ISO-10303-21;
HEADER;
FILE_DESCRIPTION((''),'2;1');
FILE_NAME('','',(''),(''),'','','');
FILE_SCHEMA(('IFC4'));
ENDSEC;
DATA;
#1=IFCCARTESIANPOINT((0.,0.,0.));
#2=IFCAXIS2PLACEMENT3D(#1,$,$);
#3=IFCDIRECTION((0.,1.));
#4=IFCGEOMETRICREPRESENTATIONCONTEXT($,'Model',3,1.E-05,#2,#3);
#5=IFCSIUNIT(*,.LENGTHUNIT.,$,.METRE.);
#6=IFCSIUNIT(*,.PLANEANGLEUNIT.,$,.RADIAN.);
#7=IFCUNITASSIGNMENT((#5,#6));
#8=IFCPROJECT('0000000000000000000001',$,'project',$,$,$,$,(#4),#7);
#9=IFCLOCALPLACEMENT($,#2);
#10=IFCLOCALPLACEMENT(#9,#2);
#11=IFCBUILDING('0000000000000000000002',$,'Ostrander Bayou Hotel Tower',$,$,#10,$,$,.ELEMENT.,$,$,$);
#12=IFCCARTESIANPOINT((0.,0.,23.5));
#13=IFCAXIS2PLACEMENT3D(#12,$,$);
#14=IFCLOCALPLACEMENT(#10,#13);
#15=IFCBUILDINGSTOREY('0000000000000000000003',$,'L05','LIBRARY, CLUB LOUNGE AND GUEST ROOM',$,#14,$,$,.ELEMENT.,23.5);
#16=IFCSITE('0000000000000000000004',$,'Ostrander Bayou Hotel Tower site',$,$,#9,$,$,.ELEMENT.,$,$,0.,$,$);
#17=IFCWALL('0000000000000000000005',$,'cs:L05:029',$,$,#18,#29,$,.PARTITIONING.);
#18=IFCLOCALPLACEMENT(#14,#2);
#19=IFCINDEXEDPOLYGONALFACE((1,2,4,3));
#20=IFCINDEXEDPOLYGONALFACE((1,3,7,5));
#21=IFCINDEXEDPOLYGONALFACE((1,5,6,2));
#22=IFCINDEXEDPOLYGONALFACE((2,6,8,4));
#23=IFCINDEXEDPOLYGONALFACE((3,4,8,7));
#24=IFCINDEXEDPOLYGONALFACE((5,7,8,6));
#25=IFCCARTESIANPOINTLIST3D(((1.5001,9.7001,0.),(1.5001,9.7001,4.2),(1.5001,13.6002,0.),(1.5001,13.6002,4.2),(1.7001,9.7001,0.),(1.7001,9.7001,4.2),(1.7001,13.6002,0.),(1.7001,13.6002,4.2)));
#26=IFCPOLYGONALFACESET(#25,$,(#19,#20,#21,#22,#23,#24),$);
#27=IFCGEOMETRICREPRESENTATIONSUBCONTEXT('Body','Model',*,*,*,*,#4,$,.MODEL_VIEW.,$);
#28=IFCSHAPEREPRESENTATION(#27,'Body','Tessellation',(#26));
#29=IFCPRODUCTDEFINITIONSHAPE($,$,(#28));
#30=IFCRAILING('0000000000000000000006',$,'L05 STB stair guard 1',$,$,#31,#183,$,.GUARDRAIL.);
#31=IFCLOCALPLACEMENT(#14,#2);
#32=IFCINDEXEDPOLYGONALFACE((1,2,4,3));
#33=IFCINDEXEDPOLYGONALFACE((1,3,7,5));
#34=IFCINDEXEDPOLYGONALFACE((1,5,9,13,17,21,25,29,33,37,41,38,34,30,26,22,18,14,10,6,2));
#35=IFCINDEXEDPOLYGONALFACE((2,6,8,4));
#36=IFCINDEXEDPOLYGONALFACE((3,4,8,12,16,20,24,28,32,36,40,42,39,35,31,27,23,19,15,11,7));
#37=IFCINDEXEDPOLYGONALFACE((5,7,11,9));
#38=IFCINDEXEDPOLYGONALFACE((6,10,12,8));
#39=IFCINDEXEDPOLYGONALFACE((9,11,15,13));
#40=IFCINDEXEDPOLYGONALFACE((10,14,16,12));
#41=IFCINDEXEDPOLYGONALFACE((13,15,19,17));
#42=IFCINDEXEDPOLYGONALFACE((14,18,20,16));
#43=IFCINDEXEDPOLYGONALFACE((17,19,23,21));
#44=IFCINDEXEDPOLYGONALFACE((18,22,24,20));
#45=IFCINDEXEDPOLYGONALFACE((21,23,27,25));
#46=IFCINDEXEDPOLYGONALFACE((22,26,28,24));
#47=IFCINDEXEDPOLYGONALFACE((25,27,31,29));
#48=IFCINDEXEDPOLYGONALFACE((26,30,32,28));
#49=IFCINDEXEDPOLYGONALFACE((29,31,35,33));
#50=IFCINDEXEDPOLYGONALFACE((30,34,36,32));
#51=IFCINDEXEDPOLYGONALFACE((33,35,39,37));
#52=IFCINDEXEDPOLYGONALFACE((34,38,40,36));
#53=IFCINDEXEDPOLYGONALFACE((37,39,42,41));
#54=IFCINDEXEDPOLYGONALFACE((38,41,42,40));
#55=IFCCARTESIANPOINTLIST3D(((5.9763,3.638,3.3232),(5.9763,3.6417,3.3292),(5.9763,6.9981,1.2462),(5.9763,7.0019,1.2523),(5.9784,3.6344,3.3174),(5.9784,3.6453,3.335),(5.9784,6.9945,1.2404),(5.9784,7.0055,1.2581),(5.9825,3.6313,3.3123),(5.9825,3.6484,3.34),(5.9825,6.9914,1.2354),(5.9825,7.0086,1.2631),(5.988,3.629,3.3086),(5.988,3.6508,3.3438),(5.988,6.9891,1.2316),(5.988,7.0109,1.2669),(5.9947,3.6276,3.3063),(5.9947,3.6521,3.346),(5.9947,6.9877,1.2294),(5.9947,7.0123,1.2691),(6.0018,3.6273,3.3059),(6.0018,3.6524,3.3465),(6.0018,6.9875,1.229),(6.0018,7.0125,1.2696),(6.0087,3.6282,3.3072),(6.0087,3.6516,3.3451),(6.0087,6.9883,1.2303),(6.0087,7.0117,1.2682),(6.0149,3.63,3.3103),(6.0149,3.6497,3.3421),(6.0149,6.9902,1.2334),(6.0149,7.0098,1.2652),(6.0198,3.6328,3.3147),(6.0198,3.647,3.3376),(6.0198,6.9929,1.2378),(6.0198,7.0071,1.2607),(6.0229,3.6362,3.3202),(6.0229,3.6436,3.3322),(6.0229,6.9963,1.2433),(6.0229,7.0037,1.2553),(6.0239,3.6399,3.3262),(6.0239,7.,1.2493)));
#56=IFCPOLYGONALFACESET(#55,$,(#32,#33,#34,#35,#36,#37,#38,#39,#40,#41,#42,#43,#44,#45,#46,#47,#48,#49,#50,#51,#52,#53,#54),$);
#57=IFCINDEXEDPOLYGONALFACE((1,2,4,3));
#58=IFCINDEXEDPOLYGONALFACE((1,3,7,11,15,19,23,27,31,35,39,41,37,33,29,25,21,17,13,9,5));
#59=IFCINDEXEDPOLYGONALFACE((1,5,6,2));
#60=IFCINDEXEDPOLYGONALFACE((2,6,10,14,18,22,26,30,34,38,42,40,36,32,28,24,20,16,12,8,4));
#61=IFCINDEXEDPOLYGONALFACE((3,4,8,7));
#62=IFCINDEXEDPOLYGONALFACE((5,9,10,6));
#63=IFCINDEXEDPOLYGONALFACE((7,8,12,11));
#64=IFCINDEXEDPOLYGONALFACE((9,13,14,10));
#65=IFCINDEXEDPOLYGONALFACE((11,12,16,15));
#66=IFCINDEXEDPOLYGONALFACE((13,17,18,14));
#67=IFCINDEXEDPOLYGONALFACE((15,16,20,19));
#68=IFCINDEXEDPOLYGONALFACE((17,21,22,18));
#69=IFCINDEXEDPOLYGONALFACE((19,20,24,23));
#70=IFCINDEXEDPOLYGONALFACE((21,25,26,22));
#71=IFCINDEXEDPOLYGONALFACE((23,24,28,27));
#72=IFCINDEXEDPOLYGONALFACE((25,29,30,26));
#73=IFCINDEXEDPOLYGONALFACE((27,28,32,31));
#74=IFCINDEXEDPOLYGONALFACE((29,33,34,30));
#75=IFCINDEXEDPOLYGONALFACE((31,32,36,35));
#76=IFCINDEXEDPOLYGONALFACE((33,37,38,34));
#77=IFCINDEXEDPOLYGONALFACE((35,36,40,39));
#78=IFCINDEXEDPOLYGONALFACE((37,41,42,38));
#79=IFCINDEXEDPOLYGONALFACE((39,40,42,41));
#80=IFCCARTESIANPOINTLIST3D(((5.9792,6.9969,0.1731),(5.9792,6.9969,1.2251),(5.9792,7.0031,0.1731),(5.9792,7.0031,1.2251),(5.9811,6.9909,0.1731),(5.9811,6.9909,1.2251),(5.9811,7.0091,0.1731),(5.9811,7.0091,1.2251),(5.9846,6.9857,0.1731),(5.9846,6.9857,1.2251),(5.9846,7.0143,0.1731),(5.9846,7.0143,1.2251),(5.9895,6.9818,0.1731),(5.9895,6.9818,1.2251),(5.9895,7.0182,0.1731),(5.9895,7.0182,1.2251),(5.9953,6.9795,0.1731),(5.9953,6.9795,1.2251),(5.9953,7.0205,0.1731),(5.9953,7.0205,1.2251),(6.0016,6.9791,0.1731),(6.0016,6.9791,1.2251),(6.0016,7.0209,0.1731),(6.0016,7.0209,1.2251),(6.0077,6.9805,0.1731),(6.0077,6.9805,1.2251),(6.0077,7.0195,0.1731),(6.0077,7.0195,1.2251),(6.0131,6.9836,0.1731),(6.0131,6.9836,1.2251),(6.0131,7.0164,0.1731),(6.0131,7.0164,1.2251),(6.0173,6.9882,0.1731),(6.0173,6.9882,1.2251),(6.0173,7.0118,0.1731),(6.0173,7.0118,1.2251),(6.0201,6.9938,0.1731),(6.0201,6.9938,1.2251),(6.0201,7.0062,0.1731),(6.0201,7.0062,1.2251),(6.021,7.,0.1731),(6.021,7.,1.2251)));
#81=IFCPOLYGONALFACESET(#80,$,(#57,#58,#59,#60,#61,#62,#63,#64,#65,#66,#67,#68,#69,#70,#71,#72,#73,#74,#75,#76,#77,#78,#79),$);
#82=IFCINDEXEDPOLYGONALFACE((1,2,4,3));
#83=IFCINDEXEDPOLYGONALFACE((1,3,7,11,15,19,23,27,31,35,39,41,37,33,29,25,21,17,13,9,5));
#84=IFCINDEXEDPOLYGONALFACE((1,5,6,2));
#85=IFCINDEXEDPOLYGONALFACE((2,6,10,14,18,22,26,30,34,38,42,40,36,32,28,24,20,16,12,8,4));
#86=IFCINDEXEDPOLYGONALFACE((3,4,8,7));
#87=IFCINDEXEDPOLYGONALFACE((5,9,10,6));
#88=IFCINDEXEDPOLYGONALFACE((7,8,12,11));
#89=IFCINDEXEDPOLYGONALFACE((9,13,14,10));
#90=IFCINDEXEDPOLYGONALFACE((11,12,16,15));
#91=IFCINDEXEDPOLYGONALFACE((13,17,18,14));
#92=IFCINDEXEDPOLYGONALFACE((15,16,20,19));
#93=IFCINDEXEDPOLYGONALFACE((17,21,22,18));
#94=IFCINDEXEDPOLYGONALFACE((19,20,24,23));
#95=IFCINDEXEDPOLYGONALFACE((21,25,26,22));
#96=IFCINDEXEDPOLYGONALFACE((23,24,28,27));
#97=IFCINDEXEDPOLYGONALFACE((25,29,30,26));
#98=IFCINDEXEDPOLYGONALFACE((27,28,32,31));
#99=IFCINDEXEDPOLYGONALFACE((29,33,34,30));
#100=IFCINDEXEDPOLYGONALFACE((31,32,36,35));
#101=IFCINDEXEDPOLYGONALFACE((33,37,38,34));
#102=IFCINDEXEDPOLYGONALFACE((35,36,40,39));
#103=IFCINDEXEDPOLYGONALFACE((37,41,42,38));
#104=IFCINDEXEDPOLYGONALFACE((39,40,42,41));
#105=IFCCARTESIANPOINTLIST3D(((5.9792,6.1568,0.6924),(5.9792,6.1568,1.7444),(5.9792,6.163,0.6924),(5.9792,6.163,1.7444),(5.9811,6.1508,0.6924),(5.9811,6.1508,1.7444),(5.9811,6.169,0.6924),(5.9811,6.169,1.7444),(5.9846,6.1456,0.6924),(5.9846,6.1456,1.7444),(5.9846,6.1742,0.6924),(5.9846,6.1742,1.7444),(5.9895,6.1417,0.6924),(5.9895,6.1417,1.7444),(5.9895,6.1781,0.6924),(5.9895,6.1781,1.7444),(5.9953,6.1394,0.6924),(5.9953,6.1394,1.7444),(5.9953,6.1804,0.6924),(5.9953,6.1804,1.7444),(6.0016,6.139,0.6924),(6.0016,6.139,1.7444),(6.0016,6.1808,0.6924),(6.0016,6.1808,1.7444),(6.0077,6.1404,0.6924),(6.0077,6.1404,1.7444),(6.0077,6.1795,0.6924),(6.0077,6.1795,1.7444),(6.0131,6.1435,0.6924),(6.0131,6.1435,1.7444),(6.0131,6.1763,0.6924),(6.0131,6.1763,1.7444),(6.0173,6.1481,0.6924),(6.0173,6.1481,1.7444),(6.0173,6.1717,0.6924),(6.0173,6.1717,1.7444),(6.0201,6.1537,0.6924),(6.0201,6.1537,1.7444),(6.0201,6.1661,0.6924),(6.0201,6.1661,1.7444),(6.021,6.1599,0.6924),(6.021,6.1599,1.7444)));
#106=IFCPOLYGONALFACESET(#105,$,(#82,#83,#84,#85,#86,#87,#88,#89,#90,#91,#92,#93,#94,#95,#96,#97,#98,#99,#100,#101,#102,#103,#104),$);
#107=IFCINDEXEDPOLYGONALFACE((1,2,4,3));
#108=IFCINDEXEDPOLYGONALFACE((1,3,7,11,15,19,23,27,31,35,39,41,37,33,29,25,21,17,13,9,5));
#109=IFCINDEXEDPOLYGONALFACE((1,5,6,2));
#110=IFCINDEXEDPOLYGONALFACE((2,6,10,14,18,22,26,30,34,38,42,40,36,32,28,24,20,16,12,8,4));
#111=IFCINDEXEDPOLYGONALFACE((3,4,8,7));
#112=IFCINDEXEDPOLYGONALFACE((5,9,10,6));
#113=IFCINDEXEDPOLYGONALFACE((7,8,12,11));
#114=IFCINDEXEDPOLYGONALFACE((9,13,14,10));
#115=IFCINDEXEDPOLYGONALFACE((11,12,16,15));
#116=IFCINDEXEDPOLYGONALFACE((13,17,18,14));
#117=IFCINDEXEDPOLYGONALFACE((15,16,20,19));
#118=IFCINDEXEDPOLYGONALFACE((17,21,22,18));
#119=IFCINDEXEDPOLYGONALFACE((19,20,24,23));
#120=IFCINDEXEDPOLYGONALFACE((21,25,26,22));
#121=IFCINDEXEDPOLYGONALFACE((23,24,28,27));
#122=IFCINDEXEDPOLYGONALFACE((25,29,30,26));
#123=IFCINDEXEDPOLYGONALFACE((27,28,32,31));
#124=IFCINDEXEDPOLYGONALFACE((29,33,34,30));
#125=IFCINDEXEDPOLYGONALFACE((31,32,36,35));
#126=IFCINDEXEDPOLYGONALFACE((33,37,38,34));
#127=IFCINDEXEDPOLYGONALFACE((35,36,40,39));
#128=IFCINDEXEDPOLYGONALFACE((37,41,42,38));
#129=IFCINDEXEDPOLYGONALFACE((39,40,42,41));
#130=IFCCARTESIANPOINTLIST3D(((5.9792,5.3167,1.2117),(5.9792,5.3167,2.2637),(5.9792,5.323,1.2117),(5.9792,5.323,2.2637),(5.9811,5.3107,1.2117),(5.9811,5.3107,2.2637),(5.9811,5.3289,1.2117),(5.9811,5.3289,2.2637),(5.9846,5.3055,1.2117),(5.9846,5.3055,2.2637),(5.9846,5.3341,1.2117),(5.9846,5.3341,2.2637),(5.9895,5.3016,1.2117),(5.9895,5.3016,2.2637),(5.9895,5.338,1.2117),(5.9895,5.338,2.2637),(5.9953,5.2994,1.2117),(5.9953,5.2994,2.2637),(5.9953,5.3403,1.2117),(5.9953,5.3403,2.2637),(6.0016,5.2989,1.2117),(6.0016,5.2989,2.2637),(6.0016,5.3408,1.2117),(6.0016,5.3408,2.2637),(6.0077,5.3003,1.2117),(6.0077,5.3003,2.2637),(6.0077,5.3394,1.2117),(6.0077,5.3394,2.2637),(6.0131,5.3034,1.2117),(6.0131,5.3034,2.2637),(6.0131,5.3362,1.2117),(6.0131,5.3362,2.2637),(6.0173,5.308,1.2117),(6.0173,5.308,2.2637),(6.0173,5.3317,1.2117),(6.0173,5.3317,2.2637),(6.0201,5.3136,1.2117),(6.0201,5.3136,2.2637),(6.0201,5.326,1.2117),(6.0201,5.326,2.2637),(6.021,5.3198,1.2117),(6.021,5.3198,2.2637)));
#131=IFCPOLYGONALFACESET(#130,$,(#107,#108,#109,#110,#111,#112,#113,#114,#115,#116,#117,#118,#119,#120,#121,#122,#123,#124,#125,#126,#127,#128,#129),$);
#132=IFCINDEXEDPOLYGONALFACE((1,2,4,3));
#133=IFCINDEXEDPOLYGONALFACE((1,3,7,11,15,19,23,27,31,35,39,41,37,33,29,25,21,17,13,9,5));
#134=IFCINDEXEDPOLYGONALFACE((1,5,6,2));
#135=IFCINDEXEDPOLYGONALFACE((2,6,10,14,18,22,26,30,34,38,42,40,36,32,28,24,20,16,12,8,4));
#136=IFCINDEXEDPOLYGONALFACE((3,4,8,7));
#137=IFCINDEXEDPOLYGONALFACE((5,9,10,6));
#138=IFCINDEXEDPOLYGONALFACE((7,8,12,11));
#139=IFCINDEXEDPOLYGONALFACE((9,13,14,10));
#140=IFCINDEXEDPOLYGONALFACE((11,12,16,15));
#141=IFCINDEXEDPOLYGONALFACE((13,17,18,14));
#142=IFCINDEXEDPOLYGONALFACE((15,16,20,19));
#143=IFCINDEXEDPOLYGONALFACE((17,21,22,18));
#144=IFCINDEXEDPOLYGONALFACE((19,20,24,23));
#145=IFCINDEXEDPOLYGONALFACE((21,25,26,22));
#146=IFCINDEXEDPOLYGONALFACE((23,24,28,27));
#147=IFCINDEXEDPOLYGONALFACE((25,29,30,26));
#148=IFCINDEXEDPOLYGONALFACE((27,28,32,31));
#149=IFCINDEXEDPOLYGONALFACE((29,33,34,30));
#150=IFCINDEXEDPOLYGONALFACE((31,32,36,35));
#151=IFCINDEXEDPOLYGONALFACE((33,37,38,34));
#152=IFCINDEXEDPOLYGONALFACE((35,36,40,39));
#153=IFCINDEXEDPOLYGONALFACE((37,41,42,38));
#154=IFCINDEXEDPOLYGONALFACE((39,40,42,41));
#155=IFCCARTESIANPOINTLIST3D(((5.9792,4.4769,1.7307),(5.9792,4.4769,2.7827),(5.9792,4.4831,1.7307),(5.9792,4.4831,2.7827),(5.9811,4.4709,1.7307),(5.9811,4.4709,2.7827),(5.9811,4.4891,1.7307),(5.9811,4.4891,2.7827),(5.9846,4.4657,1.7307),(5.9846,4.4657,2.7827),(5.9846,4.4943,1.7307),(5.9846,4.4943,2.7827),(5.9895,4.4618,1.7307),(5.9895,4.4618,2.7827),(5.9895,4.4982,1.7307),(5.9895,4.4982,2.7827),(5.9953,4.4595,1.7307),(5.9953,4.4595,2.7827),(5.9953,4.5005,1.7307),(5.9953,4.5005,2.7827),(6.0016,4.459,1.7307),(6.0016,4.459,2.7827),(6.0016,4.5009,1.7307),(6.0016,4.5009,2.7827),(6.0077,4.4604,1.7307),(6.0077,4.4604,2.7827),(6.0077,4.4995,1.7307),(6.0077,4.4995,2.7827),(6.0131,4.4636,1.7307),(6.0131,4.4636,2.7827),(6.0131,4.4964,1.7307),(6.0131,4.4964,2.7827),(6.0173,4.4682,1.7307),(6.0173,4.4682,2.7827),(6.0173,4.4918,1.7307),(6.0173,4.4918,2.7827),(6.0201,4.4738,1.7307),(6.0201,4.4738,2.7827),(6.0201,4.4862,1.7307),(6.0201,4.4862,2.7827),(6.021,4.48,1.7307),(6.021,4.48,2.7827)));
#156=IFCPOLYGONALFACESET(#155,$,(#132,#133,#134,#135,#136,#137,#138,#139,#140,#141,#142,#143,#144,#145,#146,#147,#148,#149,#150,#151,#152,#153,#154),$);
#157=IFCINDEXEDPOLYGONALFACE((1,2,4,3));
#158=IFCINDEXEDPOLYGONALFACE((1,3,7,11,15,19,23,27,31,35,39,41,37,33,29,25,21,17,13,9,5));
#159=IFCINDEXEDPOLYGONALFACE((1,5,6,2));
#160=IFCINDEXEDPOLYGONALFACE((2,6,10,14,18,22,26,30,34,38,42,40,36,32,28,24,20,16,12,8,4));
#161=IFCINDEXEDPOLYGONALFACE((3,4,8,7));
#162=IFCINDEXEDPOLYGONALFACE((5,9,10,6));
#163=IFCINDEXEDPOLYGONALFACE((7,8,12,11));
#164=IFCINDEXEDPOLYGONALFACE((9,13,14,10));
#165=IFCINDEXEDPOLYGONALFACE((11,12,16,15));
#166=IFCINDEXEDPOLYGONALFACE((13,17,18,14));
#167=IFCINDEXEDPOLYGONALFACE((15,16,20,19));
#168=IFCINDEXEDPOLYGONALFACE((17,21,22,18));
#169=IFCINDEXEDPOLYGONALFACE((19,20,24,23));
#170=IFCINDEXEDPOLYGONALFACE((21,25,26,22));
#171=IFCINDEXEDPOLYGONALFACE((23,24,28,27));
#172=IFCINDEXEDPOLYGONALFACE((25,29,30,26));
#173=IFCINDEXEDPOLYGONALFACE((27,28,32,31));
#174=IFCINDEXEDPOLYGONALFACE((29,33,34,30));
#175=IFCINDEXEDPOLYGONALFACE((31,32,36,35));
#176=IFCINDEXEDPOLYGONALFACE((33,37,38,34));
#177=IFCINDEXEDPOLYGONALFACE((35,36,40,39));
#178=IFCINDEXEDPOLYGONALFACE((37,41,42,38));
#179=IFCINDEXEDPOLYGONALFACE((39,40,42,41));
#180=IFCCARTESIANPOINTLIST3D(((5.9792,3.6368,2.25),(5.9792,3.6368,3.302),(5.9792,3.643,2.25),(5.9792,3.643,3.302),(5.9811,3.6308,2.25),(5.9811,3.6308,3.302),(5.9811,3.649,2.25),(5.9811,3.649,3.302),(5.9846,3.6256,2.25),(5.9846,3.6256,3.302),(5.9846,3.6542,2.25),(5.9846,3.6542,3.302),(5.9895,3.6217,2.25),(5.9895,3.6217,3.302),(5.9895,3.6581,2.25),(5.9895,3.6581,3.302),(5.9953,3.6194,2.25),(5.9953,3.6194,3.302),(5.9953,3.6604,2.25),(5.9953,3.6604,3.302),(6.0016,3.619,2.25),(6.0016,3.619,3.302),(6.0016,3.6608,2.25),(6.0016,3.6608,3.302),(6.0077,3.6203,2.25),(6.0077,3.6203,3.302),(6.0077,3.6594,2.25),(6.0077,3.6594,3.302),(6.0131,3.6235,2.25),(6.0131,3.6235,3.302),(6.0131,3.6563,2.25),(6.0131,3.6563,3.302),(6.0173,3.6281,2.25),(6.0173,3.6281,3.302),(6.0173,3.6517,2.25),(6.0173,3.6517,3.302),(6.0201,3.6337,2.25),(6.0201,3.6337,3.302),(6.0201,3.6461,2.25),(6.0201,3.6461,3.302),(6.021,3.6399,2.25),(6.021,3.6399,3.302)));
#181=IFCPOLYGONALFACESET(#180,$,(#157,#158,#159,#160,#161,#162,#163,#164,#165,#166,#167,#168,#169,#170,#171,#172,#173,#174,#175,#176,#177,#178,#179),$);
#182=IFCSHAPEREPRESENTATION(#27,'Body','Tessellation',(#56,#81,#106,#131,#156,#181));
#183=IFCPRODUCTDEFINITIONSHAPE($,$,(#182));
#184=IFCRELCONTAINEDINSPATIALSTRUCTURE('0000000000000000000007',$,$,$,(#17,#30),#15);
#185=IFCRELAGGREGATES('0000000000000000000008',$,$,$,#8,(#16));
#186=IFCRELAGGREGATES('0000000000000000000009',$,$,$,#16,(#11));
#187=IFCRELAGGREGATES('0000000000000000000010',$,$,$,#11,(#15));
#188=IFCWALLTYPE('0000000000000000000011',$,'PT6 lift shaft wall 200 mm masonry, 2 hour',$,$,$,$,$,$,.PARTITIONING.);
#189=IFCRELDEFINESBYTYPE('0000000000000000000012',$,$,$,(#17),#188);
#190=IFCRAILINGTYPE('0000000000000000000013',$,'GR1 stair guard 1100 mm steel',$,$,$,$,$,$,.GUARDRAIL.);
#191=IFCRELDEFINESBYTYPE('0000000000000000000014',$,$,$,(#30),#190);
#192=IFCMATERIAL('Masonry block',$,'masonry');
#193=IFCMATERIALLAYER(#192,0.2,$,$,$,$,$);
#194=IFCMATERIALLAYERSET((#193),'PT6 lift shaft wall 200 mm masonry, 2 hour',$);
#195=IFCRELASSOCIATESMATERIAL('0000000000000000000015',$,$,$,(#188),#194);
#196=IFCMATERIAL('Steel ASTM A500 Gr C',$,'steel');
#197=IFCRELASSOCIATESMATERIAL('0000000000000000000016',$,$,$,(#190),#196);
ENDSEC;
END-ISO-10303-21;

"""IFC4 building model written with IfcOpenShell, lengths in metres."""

from ifc_helpers import new_model, si_unit, direction, frame, frame_2d, origin, origin_2d, place, context, subcontext, project, spatial, rectangle, circle, extrude, material, layer, layer_set, type_object, element, save


model = new_model("IFC4")

# Units and contexts
model_context = context("Model", 3, precision=1e-05, world=origin(), true_north=direction((0.0, 1.0)))
body_context = subcontext(model_context, "Body", "Model", "MODEL_VIEW")
ifc_project = project(units=[si_unit("LENGTHUNIT", "METRE"), si_unit("PLANEANGLEUNIT", "RADIAN")], contexts=[model_context])

# Site, building, storey
site_placement = place(None, origin())
site = spatial("IfcSite", under=ifc_project, at=site_placement, Name="Ostrander Bayou Hotel Tower site", CompositionType="ELEMENT", RefElevation=0.0)
building_placement = place(site_placement, origin())
building = spatial("IfcBuilding", under=site, at=building_placement, Name="Ostrander Bayou Hotel Tower", CompositionType="ELEMENT")
storey_placement = place(building_placement, frame((0.0, 0.0, 23.5)))
storey = spatial("IfcBuildingStorey", under=building, at=storey_placement, Name="L05", Description="LIBRARY, CLUB LOUNGE AND GUEST ROOM", CompositionType="ELEMENT", Elevation=23.5)

# Wall
ifc_material_1 = material(Name="Masonry block", Category="masonry")
ifc_layer_1 = layer(ifc_material_1, 0.2)
ifc_layer_set_1 = layer_set([ifc_layer_1], Name="PT6 lift shaft wall 200 mm masonry, 2 hour")
wall_type_1 = type_object("IfcWallType", Name="PT6 lift shaft wall 200 mm masonry, 2 hour", PredefinedType="PARTITIONING", material=ifc_layer_set_1)
wall_1_placement = place(storey_placement, frame((1.6001, 9.7, 0.0), z_axis=(0.0, 0.0, 1.0), x_axis=(0.0, 1.0, 0.0)))
element("IfcWall", 1, at=wall_1_placement, inside=storey, type_object=wall_type_1, Name="cs:L05:029", PredefinedType="PARTITIONING", context=body_context, shape_type="SweptSolid", body=[
    extrude(rectangle(XDim=3.9001, YDim=0.2, at=frame_2d((1.9502, 0.0))), origin(), (0.0, 0.0, 1.0), 4.2),
])

# Railing
ifc_material_2 = material(Name="Steel ASTM A500 Gr C", Category="steel")
railing_type = type_object("IfcRailingType", Name="GR1 stair guard 1100 mm steel", PredefinedType="GUARDRAIL", material=ifc_material_2)
railing_1_placement = place(storey_placement, frame((6.0, 7.0, 0.1731)))
element("IfcRailing", 2, at=railing_1_placement, inside=storey, type_object=railing_type, Name="L05 STB stair guard 1", PredefinedType="GUARDRAIL", context=body_context, shape_type="SweptSolid", body=[
    extrude(circle(Radius=0.0239, at=origin_2d()), frame((0.0, 0.0, 1.0762), z_axis=(0.0, -0.850623, 0.525776), x_axis=(1.0, 0.0, 0.0)), (0.0, 0.0, 1.0), 3.9502),
    extrude(circle(Radius=0.021, at=origin_2d()), origin(), (0.0, 0.0, 1.0), 1.052),
    extrude(circle(Radius=0.021, at=origin_2d()), frame((0.0, -0.8401, 0.5193)), (0.0, 0.0, 1.0), 1.052),
    extrude(circle(Radius=0.021, at=origin_2d()), frame((0.0, -1.6802, 1.0386)), (0.0, 0.0, 1.0), 1.052),
    extrude(circle(Radius=0.021, at=origin_2d()), frame((0.0, -2.52, 1.5576)), (0.0, 0.0, 1.0), 1.052),
    extrude(circle(Radius=0.021, at=origin_2d()), frame((0.0, -3.3601, 2.0769)), (0.0, 0.0, 1.0), 1.052),
])

save(model, "model.ifc")
